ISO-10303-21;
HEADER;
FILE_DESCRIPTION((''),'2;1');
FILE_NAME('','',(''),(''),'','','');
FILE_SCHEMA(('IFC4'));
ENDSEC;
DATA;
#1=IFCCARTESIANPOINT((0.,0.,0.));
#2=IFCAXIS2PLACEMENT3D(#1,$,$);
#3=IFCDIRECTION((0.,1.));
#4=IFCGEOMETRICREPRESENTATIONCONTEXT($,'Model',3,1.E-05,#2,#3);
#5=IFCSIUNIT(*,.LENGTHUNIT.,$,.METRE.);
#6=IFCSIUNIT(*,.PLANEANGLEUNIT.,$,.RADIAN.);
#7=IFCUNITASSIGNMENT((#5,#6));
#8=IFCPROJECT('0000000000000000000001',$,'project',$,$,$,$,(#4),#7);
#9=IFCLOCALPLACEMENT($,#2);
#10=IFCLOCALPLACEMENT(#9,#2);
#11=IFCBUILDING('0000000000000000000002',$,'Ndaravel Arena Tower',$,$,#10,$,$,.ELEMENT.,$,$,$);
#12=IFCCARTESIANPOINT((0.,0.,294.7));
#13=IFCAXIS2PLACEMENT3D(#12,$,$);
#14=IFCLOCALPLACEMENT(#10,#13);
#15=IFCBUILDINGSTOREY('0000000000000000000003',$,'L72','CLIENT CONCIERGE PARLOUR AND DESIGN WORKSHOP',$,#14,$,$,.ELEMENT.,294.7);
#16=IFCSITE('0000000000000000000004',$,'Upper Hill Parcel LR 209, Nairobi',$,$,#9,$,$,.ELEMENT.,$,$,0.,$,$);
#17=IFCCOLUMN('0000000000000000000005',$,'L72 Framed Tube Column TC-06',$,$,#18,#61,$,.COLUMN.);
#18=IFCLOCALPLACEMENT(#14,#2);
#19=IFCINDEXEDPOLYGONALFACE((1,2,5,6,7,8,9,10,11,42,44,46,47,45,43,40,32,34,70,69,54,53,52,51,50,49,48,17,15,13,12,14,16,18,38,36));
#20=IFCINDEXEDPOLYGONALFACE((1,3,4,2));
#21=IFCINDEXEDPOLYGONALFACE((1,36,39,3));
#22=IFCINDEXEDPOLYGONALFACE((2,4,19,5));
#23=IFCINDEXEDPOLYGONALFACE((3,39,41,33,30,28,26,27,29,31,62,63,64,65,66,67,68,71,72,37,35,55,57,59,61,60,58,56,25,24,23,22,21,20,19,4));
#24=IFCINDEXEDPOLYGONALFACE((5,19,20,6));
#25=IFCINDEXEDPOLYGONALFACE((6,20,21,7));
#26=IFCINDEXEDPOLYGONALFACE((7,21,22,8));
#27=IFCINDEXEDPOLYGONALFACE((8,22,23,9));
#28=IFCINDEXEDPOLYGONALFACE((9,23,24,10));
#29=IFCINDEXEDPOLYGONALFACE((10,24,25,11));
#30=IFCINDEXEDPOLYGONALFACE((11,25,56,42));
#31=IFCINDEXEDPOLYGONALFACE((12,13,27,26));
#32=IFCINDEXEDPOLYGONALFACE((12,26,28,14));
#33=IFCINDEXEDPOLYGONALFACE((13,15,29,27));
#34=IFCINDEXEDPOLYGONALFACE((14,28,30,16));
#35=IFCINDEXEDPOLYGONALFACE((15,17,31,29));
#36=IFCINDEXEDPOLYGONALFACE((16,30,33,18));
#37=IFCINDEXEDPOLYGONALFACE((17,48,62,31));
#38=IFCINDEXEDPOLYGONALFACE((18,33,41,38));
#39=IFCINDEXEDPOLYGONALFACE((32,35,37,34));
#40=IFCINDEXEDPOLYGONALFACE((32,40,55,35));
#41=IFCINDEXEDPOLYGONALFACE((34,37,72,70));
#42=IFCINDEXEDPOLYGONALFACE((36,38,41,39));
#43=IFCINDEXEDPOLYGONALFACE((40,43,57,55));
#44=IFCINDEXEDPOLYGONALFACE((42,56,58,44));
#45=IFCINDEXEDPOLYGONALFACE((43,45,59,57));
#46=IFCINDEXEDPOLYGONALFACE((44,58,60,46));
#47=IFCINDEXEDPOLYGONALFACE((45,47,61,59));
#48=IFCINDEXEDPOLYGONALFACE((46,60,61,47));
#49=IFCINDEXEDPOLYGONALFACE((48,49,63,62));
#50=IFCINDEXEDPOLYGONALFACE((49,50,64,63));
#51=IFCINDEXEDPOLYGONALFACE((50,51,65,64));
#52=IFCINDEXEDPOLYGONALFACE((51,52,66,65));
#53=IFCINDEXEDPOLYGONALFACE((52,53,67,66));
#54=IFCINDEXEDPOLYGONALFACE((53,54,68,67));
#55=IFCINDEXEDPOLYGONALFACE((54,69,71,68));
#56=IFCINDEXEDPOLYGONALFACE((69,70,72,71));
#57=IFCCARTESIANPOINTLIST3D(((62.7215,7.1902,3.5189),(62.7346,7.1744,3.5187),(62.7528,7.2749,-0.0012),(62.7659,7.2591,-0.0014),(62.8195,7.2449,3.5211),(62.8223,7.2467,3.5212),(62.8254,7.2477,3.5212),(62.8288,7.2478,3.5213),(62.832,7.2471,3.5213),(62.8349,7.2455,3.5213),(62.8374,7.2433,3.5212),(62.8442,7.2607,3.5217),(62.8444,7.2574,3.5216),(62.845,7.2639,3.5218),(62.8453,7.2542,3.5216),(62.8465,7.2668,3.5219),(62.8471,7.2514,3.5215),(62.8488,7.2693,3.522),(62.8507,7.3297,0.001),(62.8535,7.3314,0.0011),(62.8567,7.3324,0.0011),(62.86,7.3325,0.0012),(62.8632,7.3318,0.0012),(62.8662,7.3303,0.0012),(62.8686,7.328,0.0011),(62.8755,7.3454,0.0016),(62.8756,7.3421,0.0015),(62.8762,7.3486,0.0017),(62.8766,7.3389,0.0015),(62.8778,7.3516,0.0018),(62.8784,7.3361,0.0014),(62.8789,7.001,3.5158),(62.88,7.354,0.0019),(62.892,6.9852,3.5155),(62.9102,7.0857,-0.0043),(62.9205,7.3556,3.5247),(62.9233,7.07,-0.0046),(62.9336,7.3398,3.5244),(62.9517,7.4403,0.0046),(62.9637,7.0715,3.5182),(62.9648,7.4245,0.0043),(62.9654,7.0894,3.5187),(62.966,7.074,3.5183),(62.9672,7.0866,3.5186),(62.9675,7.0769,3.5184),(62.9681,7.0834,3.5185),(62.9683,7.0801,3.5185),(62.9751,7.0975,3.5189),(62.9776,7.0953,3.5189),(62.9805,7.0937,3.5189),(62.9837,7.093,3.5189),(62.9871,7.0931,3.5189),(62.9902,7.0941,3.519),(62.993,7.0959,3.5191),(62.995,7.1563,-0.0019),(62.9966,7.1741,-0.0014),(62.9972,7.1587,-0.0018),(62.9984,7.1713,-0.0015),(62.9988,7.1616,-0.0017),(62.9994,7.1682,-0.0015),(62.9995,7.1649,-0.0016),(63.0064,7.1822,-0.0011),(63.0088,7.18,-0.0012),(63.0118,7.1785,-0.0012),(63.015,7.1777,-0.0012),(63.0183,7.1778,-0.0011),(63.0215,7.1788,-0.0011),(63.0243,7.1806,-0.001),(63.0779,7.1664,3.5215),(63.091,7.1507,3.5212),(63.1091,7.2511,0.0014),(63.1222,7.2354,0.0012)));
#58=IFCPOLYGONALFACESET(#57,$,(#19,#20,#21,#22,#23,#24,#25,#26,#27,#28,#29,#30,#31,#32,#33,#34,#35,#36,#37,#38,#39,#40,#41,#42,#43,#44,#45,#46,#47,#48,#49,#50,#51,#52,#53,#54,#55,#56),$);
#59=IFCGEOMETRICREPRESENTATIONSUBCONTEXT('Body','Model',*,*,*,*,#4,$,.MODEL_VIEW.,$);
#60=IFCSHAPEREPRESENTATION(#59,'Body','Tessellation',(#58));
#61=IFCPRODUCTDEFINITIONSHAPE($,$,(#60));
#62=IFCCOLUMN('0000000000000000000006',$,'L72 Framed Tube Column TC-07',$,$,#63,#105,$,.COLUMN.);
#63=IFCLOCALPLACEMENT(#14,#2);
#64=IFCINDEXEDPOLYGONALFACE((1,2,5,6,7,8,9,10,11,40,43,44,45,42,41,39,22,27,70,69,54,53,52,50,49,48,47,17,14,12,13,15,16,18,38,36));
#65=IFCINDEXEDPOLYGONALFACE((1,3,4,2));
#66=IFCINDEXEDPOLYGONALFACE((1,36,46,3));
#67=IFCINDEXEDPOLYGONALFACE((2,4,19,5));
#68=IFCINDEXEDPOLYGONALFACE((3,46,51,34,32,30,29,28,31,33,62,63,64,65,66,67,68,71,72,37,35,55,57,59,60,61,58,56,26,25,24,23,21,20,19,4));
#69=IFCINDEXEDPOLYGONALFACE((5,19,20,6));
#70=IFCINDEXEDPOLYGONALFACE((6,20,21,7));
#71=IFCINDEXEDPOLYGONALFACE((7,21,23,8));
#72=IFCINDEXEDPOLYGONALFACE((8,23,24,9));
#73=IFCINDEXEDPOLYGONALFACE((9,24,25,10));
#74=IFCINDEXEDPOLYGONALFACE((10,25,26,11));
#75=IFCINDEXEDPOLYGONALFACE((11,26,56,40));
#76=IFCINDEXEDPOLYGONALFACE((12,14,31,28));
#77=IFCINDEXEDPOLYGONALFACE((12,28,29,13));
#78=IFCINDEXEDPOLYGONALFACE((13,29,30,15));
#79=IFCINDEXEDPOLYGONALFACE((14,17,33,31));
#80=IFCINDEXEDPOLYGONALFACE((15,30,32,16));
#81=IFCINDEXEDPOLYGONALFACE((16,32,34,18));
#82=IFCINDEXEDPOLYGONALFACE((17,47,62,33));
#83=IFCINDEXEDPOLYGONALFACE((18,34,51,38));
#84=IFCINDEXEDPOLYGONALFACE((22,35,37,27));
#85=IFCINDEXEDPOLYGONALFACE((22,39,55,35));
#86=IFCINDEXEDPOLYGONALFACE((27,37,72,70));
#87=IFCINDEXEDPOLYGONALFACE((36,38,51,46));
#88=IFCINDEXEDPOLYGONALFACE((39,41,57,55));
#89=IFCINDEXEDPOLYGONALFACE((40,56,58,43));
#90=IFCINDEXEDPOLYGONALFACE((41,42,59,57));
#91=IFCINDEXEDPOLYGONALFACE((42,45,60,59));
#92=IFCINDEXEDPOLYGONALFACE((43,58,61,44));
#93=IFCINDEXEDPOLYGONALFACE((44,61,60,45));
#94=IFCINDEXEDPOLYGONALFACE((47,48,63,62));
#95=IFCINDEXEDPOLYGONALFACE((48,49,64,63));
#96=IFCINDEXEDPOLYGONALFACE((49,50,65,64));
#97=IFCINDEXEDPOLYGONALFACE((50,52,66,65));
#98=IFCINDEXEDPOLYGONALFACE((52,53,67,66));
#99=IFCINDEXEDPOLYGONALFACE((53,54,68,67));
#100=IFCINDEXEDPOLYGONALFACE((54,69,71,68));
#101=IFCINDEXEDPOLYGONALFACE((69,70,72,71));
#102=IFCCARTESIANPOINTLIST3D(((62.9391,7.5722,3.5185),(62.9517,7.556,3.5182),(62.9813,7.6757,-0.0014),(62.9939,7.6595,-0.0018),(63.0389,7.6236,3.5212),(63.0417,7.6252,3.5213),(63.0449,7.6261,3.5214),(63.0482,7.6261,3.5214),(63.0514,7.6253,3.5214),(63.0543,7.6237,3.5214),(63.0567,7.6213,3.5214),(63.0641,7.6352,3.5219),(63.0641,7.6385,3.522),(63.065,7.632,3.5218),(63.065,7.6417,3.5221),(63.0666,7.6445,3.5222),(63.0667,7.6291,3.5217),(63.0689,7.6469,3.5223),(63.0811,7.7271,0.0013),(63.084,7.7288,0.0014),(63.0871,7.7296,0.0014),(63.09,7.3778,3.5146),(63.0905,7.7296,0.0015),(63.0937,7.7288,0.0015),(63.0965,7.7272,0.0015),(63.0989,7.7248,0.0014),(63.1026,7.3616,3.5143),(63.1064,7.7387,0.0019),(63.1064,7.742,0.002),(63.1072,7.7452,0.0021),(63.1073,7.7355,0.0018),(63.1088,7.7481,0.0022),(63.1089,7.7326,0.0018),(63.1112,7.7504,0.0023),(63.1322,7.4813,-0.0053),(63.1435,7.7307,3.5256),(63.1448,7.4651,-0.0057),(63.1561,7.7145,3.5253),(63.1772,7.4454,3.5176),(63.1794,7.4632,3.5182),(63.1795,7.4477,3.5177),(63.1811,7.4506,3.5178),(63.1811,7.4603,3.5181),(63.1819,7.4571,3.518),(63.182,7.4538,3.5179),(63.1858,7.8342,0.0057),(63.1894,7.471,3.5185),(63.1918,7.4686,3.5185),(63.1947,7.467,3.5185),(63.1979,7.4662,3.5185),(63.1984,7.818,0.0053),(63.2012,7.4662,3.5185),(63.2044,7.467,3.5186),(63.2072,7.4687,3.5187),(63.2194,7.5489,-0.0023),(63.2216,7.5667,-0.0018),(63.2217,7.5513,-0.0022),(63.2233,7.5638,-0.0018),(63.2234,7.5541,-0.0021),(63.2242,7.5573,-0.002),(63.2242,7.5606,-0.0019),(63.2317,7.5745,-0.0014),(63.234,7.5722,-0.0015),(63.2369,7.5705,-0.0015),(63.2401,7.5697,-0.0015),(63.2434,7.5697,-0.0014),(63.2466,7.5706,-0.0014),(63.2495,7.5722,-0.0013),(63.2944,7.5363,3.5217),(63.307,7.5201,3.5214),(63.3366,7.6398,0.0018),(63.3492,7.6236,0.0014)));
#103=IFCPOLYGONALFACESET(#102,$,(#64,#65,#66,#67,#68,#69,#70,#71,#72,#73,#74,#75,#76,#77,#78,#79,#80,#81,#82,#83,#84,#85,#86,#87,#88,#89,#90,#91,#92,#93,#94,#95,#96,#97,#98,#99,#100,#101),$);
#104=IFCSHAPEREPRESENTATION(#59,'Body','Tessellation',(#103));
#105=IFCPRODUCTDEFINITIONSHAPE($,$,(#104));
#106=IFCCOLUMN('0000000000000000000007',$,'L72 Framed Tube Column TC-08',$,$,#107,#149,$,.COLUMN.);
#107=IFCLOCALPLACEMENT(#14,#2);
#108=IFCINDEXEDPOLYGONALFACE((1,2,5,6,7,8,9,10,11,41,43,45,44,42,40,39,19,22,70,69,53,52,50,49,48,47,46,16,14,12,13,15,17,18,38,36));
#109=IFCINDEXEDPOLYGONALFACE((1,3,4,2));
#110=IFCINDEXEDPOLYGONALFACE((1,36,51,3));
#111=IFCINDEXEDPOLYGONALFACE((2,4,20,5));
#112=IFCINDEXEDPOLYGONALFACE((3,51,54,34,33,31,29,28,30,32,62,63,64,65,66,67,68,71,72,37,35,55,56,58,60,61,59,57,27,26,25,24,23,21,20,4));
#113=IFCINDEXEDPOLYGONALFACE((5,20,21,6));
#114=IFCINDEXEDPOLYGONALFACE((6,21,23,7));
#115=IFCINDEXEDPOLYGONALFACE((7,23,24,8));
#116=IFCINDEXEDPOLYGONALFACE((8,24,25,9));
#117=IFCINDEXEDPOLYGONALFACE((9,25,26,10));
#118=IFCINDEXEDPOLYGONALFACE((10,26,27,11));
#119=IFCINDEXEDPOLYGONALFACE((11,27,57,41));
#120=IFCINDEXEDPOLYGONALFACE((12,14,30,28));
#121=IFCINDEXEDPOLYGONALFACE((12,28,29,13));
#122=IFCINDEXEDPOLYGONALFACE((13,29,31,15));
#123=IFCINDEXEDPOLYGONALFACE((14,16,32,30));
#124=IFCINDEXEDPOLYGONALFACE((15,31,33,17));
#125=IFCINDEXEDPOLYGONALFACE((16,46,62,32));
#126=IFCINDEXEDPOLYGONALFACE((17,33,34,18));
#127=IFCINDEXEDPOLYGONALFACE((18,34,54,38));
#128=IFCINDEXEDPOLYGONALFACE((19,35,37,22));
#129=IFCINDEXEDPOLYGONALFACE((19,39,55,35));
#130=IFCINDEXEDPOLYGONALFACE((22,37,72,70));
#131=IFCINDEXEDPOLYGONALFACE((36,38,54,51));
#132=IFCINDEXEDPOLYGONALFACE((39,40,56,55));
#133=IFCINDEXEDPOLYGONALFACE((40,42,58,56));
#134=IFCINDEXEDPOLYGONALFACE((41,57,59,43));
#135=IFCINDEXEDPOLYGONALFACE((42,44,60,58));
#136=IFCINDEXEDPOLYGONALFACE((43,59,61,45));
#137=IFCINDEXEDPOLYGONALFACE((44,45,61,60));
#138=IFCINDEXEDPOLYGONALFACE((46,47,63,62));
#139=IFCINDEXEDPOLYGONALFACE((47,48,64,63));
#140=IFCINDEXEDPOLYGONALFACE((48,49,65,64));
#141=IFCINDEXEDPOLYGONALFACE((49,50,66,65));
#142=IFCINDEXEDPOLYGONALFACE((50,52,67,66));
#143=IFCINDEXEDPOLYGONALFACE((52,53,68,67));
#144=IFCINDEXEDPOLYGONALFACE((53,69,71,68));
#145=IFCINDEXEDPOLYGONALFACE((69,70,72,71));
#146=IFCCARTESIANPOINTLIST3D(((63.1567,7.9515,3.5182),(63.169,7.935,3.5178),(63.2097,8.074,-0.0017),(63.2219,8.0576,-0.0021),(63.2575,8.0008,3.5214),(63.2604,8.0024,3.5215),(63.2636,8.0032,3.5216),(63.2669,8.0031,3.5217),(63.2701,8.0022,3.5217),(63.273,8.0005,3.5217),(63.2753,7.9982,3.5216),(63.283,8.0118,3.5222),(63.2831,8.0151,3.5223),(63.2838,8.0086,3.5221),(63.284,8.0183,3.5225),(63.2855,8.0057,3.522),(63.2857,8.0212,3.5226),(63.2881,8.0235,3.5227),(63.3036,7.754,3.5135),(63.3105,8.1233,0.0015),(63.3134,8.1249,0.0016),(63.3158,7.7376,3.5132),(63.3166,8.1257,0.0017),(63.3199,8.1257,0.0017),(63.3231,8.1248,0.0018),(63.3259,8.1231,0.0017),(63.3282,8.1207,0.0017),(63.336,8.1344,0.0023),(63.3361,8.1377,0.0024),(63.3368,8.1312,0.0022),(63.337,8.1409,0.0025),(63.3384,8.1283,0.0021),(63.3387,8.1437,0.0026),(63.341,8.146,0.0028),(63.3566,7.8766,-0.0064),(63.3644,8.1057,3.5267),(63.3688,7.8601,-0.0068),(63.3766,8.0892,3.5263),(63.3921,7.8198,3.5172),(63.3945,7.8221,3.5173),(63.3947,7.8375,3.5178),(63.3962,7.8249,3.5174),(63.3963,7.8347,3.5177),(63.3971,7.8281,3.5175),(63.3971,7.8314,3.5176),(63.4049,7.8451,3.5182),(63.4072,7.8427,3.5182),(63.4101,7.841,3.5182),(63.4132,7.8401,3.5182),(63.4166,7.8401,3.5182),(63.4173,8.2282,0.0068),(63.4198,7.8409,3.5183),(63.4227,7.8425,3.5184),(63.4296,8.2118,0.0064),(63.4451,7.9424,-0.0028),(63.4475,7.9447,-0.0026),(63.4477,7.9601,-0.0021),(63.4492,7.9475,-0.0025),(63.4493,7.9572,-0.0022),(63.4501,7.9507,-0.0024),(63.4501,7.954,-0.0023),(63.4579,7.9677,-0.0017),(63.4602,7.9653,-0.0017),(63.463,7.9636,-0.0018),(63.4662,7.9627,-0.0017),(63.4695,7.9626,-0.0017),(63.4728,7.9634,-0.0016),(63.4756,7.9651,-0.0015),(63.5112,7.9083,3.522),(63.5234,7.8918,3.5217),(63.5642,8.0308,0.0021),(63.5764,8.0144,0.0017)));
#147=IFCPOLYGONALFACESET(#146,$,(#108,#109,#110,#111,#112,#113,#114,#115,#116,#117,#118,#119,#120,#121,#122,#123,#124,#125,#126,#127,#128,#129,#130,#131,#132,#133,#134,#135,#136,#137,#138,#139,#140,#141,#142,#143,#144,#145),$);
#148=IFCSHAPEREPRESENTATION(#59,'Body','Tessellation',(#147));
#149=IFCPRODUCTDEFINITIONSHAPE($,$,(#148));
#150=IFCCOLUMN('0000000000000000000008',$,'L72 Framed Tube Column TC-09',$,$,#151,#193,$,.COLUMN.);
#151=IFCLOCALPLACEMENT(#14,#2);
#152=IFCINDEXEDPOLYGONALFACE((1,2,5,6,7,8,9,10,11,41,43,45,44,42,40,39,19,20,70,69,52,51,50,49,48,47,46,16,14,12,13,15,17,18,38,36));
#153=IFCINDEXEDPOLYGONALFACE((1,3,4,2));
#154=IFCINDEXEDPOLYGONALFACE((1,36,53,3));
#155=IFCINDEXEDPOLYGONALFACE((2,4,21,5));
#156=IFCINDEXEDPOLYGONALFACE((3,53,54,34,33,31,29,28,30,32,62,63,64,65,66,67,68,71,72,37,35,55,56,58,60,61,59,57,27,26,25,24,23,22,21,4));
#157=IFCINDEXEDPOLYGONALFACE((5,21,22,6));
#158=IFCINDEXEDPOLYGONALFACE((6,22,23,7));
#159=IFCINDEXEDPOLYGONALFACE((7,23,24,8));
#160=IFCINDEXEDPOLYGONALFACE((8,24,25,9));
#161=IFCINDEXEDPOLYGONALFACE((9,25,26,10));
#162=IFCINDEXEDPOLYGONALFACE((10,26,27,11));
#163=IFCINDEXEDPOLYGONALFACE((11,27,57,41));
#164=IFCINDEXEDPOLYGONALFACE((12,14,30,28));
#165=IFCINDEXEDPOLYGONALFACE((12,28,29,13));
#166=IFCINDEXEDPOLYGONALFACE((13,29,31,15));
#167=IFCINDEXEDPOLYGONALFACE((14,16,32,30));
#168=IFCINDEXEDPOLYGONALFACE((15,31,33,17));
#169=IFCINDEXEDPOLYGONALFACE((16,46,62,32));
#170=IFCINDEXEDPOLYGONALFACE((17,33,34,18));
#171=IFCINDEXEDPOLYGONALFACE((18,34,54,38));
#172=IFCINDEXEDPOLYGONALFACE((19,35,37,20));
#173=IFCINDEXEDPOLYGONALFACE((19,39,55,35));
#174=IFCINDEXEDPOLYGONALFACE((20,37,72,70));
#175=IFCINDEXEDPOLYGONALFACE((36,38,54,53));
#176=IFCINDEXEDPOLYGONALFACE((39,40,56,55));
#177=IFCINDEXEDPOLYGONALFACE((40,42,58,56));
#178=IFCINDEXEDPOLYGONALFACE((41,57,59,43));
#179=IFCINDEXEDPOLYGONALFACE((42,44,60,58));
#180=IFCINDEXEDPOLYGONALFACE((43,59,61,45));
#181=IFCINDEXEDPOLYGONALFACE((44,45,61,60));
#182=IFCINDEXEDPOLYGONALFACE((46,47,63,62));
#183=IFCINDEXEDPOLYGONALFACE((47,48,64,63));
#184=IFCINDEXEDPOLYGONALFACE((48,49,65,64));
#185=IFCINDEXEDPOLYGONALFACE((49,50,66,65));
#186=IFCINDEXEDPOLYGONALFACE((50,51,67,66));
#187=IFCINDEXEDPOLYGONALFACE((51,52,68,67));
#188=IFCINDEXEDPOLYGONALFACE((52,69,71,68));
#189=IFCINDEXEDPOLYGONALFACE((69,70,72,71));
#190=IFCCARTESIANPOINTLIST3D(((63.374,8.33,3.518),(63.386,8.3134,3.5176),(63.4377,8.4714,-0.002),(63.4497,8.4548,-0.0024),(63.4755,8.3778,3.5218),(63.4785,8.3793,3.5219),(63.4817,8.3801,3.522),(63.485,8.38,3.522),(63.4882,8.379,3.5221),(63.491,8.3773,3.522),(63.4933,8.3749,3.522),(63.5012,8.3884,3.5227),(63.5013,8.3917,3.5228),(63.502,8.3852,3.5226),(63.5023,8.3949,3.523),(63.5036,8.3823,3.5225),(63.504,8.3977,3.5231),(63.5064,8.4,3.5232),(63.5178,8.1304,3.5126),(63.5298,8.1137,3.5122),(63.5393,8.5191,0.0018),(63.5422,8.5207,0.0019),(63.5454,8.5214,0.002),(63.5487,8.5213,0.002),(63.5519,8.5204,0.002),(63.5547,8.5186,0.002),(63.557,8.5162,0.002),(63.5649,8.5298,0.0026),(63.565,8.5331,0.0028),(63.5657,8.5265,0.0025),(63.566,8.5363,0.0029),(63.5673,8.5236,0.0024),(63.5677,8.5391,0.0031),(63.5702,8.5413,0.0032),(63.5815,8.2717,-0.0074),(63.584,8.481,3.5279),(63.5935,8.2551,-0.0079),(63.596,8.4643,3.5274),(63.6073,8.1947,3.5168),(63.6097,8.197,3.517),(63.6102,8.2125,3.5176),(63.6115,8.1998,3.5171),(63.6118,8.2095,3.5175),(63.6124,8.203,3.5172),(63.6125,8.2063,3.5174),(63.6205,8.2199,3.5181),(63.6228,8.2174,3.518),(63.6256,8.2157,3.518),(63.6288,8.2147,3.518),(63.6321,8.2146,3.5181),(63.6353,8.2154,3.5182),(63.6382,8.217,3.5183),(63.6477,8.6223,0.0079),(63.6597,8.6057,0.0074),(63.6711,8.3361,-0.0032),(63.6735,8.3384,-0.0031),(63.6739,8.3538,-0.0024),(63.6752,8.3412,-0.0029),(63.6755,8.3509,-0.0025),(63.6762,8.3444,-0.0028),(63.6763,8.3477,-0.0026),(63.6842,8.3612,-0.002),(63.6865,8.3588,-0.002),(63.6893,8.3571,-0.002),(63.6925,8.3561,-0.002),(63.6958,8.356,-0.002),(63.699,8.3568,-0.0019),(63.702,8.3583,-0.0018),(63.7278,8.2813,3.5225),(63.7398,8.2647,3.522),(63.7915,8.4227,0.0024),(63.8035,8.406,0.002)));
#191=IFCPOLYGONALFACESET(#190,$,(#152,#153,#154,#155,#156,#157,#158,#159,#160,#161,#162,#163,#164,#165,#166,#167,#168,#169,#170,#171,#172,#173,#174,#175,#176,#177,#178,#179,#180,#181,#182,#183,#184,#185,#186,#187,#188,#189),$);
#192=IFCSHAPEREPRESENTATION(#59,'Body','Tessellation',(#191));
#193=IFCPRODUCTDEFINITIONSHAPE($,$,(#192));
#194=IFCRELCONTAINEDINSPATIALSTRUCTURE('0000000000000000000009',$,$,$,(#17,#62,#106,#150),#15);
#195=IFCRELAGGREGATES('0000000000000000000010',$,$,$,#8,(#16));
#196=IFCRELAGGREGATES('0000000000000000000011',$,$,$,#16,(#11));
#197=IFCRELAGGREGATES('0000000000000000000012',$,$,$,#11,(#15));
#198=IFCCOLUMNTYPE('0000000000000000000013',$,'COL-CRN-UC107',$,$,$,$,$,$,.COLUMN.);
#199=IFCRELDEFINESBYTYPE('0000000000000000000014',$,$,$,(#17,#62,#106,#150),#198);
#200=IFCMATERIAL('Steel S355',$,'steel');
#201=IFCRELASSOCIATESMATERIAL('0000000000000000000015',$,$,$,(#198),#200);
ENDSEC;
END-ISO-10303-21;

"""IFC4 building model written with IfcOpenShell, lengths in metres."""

from ifc_helpers import new_model, si_unit, direction, frame, origin, origin_2d, place, context, subcontext, project, spatial, i_section, extrude, material, material_profile, profile_set, type_object, element, save


model = new_model("IFC4")

# Units and contexts
model_context = context("Model", 3, precision=1e-05, world=origin(), true_north=direction((0.0, 1.0)))
body_context = subcontext(model_context, "Body", "Model", "MODEL_VIEW")
ifc_project = project(units=[si_unit("LENGTHUNIT", "METRE"), si_unit("PLANEANGLEUNIT", "RADIAN")], contexts=[model_context])

# Site, building, storey
site_placement = place(None, origin())
site = spatial("IfcSite", under=ifc_project, at=site_placement, Name="Upper Hill Parcel LR 209, Nairobi", CompositionType="ELEMENT", RefElevation=0.0)
building_placement = place(site_placement, origin())
building = spatial("IfcBuilding", under=site, at=building_placement, Name="Ndaravel Arena Tower", CompositionType="ELEMENT")
storey_placement = place(building_placement, frame((0.0, 0.0, 294.7)))
storey = spatial("IfcBuildingStorey", under=building, at=storey_placement, Name="L72", Description="CLIENT CONCIERGE PARLOUR AND DESIGN WORKSHOP", CompositionType="ELEMENT", Elevation=294.7)

# Columns
ifc_material_1 = material(Name="Steel S355", Category="steel")
ifc_material_profile_1 = material_profile(ifc_material_1, i_section(OverallWidth=0.2588, OverallDepth=0.2666, WebThickness=0.0127, FlangeThickness=0.0205, FilletRadius=0.0127, at=origin_2d()), Name="UC 254x254x107")
ifc_profile_set_1 = profile_set([ifc_material_profile_1], Name="Steel S355")
column_type = type_object("IfcColumnType", Name="COL-CRN-UC107", PredefinedType="COLUMN", material=ifc_profile_set_1)
column_1_placement = place(storey_placement, frame((62.9375, 7.2551, 0.0), z_axis=(-0.008875, -0.024059, 0.999671), x_axis=(0.768719, 0.639201, 0.022208)))
element("IfcColumn", 1, at=column_1_placement, inside=storey, type_object=column_type, Name="L72 Framed Tube Column TC-06", PredefinedType="COLUMN", context=body_context, shape_type="SweptSolid", body=[
    extrude(i_section(OverallWidth=0.2588, OverallDepth=0.2666, WebThickness=0.0127, FlangeThickness=0.0205, FilletRadius=0.0127, at=origin_2d()), origin(), (0.0, 0.0, 1.0), 3.5212),
])
column_2_placement = place(storey_placement, frame((63.1653, 7.6497, 0.0), z_axis=(-0.011993, -0.029393, 0.999496), x_axis=(0.789951, 0.612553, 0.027492)))
element("IfcColumn", 2, at=column_2_placement, inside=storey, type_object=column_type, Name="L72 Framed Tube Column TC-07", PredefinedType="COLUMN", context=body_context, shape_type="SweptSolid", body=[
    extrude(i_section(OverallWidth=0.2588, OverallDepth=0.2666, WebThickness=0.0127, FlangeThickness=0.0205, FilletRadius=0.0127, at=origin_2d()), origin(), (0.0, 0.0, 1.0), 3.5217),
])
column_3_placement = place(storey_placement, frame((63.3931, 8.0442, 0.0), z_axis=(-0.01504, -0.034793, 0.999281), x_axis=(0.802336, 0.59597, 0.032826)))
element("IfcColumn", 3, at=column_3_placement, inside=storey, type_object=column_type, Name="L72 Framed Tube Column TC-08", PredefinedType="COLUMN", context=body_context, shape_type="SweptSolid", body=[
    extrude(i_section(OverallWidth=0.2588, OverallDepth=0.2666, WebThickness=0.0127, FlangeThickness=0.0205, FilletRadius=0.0127, at=origin_2d()), origin(), (0.0, 0.0, 1.0), 3.5225),
])
column_4_placement = place(storey_placement, frame((63.6206, 8.4387, 0.0), z_axis=(-0.018085, -0.040119, 0.999031), x_axis=(0.81138, 0.583276, 0.038111)))
element("IfcColumn", 4, at=column_4_placement, inside=storey, type_object=column_type, Name="L72 Framed Tube Column TC-09", PredefinedType="COLUMN", context=body_context, shape_type="SweptSolid", body=[
    extrude(i_section(OverallWidth=0.2588, OverallDepth=0.2666, WebThickness=0.0127, FlangeThickness=0.0205, FilletRadius=0.0127, at=origin_2d()), origin(), (0.0, 0.0, 1.0), 3.5234),
])

save(model, "model.ifc")
